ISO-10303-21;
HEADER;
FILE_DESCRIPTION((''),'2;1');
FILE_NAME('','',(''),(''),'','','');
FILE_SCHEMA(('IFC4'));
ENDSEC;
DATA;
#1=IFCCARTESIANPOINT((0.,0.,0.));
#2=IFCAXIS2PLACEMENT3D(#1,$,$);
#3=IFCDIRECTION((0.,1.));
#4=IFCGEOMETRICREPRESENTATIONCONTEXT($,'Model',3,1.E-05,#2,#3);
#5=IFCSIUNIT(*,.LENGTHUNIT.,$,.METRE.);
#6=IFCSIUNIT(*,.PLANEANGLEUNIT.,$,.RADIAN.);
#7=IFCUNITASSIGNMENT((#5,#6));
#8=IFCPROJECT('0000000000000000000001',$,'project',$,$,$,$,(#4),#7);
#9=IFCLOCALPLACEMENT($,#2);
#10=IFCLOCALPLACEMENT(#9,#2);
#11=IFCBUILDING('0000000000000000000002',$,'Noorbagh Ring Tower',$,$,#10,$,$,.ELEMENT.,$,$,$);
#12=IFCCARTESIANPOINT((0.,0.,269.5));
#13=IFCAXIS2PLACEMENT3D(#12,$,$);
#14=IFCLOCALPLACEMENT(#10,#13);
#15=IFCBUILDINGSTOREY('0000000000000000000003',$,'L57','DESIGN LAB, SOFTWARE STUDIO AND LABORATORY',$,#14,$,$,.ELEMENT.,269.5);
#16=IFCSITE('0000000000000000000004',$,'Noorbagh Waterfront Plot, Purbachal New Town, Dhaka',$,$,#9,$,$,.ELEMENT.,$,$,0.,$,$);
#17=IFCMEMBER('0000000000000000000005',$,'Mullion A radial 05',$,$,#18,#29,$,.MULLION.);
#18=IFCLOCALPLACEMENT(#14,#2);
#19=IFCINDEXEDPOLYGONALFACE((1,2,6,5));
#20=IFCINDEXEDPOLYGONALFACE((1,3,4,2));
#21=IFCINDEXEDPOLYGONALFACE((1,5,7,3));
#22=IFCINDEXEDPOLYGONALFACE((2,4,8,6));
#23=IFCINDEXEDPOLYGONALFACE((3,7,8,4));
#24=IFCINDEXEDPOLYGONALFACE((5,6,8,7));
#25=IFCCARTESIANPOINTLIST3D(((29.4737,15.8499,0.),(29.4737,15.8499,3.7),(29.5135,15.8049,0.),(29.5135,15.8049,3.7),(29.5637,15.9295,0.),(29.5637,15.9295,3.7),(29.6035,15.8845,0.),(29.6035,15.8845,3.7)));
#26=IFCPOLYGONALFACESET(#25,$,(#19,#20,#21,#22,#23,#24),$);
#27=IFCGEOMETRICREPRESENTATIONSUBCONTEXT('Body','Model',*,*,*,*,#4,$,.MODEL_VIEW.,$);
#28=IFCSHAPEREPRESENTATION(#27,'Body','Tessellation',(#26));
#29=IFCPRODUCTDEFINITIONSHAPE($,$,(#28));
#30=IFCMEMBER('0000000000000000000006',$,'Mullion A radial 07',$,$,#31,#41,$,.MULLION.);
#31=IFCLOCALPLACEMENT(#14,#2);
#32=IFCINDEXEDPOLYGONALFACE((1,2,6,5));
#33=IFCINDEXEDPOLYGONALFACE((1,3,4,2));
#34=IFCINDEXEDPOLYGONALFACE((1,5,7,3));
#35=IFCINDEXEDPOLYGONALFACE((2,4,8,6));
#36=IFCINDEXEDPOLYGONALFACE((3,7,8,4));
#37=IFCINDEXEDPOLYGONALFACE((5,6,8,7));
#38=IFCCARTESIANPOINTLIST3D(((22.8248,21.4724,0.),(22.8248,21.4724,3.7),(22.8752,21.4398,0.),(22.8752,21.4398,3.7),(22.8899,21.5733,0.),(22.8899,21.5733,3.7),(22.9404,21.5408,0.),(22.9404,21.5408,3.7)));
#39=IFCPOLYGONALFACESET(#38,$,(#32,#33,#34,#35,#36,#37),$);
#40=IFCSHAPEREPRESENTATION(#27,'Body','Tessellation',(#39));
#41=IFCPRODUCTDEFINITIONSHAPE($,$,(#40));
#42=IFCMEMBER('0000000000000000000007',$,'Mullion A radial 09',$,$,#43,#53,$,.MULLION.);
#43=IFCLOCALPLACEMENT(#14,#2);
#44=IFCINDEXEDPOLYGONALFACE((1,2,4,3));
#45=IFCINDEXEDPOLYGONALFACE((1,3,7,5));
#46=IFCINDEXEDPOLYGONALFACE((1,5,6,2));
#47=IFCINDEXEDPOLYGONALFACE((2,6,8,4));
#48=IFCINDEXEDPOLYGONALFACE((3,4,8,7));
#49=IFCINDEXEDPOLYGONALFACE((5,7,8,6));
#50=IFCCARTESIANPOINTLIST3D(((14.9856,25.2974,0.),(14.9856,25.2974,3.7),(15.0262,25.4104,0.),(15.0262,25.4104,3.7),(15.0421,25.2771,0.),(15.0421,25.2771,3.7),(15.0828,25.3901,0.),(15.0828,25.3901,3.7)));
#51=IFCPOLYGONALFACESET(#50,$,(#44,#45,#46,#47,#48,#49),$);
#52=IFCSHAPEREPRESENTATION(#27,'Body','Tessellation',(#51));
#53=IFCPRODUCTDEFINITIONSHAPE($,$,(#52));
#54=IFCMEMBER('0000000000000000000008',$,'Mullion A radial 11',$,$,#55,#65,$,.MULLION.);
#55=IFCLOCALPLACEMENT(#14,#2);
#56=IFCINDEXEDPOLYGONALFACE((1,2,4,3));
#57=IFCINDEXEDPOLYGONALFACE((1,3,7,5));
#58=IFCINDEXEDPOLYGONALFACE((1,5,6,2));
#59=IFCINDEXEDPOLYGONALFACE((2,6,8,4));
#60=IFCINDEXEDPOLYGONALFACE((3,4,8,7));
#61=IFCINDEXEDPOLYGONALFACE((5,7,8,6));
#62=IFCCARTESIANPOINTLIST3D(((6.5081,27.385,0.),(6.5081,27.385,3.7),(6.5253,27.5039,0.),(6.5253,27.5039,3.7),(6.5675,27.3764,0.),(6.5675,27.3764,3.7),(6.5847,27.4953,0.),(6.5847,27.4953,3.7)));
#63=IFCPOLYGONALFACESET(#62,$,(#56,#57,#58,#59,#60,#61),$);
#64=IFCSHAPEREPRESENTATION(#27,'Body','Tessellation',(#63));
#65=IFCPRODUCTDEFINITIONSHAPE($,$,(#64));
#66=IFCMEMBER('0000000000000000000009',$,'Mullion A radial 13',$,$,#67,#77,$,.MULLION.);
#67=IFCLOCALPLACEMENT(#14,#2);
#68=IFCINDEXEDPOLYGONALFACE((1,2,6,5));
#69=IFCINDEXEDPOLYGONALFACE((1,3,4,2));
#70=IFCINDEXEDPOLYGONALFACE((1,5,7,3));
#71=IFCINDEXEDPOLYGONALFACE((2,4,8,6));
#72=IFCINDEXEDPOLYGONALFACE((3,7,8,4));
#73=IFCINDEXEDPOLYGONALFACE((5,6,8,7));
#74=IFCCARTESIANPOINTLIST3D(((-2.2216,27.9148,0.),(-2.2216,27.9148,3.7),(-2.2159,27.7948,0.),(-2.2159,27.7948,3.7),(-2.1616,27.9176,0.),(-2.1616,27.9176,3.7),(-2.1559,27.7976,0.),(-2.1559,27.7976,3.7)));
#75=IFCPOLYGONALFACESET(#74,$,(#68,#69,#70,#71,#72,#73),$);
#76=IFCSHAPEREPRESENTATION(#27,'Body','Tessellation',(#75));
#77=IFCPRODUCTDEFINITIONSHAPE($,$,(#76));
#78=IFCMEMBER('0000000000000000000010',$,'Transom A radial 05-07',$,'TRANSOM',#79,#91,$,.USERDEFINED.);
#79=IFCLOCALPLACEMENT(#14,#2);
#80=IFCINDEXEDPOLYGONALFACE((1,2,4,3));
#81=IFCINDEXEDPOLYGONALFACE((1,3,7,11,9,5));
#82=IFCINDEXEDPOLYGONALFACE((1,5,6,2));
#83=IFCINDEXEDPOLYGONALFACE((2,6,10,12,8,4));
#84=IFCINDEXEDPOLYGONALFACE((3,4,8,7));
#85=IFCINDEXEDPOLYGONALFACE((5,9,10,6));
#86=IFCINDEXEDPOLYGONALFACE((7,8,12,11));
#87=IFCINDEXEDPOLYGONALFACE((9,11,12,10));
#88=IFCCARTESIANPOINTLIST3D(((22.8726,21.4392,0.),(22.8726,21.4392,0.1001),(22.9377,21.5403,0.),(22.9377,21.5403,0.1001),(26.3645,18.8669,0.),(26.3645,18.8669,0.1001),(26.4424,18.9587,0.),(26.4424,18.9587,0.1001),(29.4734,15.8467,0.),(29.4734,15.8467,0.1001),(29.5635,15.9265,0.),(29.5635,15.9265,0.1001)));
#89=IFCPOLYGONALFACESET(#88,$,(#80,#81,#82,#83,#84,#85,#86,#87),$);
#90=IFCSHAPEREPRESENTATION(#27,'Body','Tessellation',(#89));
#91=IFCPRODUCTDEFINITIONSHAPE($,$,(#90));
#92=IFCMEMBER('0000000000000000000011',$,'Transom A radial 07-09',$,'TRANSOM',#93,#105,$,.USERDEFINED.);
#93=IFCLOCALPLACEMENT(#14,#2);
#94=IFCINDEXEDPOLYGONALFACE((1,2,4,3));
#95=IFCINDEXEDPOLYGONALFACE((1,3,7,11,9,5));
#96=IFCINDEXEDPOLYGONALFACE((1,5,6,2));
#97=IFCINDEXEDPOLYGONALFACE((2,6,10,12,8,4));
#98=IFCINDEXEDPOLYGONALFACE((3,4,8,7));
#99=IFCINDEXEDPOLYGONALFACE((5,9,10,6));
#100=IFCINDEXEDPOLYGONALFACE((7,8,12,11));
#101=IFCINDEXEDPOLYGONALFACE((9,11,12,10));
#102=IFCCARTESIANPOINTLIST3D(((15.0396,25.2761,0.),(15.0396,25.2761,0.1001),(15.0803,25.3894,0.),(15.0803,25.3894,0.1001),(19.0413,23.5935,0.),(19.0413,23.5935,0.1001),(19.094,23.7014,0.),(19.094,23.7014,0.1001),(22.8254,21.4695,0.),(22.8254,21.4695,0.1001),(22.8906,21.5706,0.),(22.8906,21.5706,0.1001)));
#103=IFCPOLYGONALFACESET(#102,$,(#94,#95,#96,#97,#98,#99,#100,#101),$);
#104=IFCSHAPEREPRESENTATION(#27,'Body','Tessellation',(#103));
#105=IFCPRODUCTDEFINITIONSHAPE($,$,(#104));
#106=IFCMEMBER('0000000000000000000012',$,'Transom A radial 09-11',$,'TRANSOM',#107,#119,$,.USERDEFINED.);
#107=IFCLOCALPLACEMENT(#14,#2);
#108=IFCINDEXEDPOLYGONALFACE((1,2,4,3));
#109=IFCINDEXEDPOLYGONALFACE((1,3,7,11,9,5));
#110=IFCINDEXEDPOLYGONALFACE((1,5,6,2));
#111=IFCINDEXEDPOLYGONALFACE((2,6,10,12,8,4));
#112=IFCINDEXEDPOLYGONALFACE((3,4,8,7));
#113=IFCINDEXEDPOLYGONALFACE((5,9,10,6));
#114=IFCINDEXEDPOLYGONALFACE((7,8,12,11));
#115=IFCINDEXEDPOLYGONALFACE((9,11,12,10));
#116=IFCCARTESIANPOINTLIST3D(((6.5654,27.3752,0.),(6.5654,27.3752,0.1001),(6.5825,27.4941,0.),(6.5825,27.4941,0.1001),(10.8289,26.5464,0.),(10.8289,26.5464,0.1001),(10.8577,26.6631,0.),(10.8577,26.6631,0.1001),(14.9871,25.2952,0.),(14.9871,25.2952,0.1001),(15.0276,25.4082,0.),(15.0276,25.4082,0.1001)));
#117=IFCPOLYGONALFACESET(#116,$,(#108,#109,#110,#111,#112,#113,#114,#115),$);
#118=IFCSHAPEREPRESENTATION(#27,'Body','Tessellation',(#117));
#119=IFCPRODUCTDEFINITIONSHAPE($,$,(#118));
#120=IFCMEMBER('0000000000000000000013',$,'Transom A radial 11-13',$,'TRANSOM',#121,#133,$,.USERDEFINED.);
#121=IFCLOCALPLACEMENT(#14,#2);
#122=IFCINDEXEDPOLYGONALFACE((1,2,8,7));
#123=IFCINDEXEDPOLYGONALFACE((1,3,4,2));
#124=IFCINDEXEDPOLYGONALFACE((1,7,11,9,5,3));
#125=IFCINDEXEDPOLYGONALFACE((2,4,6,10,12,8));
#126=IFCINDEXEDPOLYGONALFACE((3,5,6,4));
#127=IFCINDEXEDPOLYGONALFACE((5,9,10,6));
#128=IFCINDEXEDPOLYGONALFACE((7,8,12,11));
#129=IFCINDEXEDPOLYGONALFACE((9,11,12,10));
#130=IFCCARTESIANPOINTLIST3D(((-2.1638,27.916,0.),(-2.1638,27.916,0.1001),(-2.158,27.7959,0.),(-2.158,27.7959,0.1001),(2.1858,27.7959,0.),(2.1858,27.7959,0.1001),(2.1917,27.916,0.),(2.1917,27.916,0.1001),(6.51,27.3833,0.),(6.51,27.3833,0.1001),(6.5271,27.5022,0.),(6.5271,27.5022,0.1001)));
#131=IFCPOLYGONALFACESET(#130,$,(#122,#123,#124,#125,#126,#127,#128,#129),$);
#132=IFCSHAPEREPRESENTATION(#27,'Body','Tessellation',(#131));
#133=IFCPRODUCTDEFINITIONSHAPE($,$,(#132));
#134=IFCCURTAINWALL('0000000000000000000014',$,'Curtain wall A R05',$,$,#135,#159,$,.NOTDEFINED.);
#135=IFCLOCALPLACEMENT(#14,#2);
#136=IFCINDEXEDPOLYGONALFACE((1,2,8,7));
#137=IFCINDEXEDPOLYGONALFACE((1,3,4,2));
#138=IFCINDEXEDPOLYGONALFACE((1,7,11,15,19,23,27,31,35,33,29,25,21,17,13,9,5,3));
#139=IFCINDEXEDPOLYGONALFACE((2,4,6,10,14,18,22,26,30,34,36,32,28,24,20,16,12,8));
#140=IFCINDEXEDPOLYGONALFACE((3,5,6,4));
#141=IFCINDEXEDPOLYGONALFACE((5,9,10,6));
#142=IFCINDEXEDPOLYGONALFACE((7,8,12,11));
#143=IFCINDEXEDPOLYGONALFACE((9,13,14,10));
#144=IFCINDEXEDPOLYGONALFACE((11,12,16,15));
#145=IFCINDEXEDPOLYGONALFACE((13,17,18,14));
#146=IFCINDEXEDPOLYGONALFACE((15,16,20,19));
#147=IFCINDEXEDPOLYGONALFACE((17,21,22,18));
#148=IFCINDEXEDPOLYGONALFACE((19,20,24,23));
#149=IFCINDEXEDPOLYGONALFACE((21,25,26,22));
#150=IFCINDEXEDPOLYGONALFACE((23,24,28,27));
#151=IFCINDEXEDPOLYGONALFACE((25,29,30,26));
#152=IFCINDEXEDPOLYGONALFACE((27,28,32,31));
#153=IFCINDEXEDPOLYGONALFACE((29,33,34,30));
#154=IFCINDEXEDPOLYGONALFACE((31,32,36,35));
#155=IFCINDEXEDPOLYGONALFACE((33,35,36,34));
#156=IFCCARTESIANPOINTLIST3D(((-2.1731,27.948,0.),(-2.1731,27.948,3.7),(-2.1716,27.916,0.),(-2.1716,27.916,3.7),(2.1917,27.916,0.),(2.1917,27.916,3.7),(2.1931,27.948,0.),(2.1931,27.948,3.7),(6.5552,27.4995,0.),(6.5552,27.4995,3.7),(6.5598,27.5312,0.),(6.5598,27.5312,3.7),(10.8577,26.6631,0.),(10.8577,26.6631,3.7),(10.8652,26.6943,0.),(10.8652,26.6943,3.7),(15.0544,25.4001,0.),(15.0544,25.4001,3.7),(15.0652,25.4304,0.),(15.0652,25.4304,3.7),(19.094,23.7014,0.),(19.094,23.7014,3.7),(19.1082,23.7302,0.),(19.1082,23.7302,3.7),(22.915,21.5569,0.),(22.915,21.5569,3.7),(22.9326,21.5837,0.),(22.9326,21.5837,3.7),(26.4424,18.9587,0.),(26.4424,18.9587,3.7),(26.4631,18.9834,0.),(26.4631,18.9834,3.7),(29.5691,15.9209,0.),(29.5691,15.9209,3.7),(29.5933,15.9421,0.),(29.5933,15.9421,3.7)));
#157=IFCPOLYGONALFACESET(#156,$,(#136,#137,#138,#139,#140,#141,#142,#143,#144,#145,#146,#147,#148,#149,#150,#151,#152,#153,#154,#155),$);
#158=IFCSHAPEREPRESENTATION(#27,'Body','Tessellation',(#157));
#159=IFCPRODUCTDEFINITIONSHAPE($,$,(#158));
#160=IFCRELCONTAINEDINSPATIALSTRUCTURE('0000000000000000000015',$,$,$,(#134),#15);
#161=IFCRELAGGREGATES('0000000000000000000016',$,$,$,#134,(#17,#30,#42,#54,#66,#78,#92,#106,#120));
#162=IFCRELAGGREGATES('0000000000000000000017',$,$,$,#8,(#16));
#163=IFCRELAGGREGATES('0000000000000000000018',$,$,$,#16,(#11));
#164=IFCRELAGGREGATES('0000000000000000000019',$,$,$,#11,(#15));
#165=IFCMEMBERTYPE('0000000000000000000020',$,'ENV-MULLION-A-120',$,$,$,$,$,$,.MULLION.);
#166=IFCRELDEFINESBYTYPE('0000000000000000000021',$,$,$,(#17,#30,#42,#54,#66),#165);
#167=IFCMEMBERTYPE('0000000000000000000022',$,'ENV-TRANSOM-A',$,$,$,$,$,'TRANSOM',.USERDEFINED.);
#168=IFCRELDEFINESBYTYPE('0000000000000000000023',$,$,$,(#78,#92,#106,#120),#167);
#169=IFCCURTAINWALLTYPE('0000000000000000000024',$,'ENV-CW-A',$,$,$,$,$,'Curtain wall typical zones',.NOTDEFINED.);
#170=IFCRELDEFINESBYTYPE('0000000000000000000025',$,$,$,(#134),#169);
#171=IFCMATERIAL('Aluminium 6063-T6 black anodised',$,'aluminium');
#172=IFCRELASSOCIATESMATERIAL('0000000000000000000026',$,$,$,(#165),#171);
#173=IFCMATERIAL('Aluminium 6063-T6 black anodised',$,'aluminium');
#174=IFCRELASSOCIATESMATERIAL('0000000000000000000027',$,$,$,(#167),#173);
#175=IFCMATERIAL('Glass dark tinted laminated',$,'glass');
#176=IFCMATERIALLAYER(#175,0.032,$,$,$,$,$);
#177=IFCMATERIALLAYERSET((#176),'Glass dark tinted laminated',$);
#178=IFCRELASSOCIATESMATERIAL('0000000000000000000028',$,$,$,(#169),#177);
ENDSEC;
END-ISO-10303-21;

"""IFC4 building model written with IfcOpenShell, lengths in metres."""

from ifc_helpers import new_model, si_unit, direction, frame, origin, origin_2d, place, context, subcontext, project, spatial, polyline, rectangle, outline, extrude, material, layer, layer_set, material_profile, profile_set, type_object, element, aggregate, save


model = new_model("IFC4")

# Units and contexts
model_context = context("Model", 3, precision=1e-05, world=origin(), true_north=direction((0.0, 1.0)))
body_context = subcontext(model_context, "Body", "Model", "MODEL_VIEW")
ifc_project = project(units=[si_unit("LENGTHUNIT", "METRE"), si_unit("PLANEANGLEUNIT", "RADIAN")], contexts=[model_context])

# Members
ifc_material_1 = material(Name="Aluminium 6063-T6 black anodised", Category="aluminium")
ifc_material_profile = material_profile(ifc_material_1, rectangle(XDim=0.1201, YDim=0.0601, at=origin_2d()), Name="120x60")
ifc_profile_set = profile_set([ifc_material_profile], Name="Aluminium 6063-T6 black anodised")
member_type_1 = type_object("IfcMemberType", Name="ENV-MULLION-A-120", PredefinedType="MULLION", material=ifc_profile_set)
site_placement = place(None, origin())
building_placement = place(site_placement, origin())
storey_placement = place(building_placement, frame((0.0, 0.0, 269.5)))
member_1_placement = place(storey_placement, frame((29.5386, 15.8672, 0.0), z_axis=(0.0, 0.0, 1.0), x_axis=(-0.749047, -0.662517, 0.0)))
member_1 = element("IfcMember", 1, at=member_1_placement, type_object=member_type_1, Name="Mullion A radial 05", PredefinedType="MULLION", context=body_context, shape_type="SweptSolid", body=[
    extrude(rectangle(XDim=0.1201, YDim=0.0601, at=origin_2d()), origin(), (0.0, 0.0, 1.0), 3.7),
])
member_2_placement = place(storey_placement, frame((22.8826, 21.5066, 0.0), z_axis=(0.0, 0.0, 1.0), x_axis=(-0.542279, -0.840198, 0.0)))
member_2 = element("IfcMember", 2, at=member_2_placement, type_object=member_type_1, Name="Mullion A radial 07", PredefinedType="MULLION", context=body_context, shape_type="SweptSolid", body=[
    extrude(rectangle(XDim=0.1201, YDim=0.0601, at=origin_2d()), origin(), (0.0, 0.0, 1.0), 3.7),
])
member_3_placement = place(storey_placement, frame((15.0342, 25.3438, 0.0), z_axis=(0.0, 0.0, 1.0), x_axis=(-0.338379, -0.94101, 0.0)))
member_3 = element("IfcMember", 3, at=member_3_placement, type_object=member_type_1, Name="Mullion A radial 09", PredefinedType="MULLION", context=body_context, shape_type="SweptSolid", body=[
    extrude(rectangle(XDim=0.1201, YDim=0.0601, at=origin_2d()), origin(), (0.0, 0.0, 1.0), 3.7),
])
member_4_placement = place(storey_placement, frame((6.5464, 27.4402, 0.0), z_axis=(0.0, 0.0, 1.0), x_axis=(-0.143082, -0.989711, 0.0)))
member_4 = element("IfcMember", 4, at=member_4_placement, type_object=member_type_1, Name="Mullion A radial 11", PredefinedType="MULLION", context=body_context, shape_type="SweptSolid", body=[
    extrude(rectangle(XDim=0.1201, YDim=0.0601, at=origin_2d()), origin(), (0.0, 0.0, 1.0), 3.7),
])
member_5_placement = place(storey_placement, frame((-2.1887, 27.8562, 0.0), z_axis=(0.0, 0.0, 1.0), x_axis=(0.047558, -0.998868, 0.0)))
member_5 = element("IfcMember", 5, at=member_5_placement, type_object=member_type_1, Name="Mullion A radial 13", PredefinedType="MULLION", context=body_context, shape_type="SweptSolid", body=[
    extrude(rectangle(XDim=0.1201, YDim=0.0601, at=origin_2d()), origin(), (0.0, 0.0, 1.0), 3.7),
])
ifc_material_2 = material(Name="Aluminium 6063-T6 black anodised", Category="aluminium")
member_type_2 = type_object("IfcMemberType", Name="ENV-TRANSOM-A", ElementType="TRANSOM", PredefinedType="USERDEFINED", material=ifc_material_2)
member_6_placement = place(storey_placement, origin())
member_6 = element("IfcMember", 6, at=member_6_placement, type_object=member_type_2, Name="Transom A radial 05-07", ObjectType="TRANSOM", PredefinedType="USERDEFINED", context=body_context, shape_type="SweptSolid", body=[
    extrude(outline(polyline([(29.5635, 15.9265), (26.4424, 18.9587), (22.9377, 21.5403), (22.8726, 21.4392), (26.3645, 18.8669), (29.4734, 15.8467), (29.5635, 15.9265)])), origin(), (0.0, 0.0, 1.0), 0.1001),
])
member_7_placement = place(storey_placement, origin())
member_7 = element("IfcMember", 7, at=member_7_placement, type_object=member_type_2, Name="Transom A radial 07-09", ObjectType="TRANSOM", PredefinedType="USERDEFINED", context=body_context, shape_type="SweptSolid", body=[
    extrude(outline(polyline([(22.8906, 21.5706), (19.094, 23.7014), (15.0803, 25.3894), (15.0396, 25.2761), (19.0413, 23.5935), (22.8254, 21.4695), (22.8906, 21.5706)])), origin(), (0.0, 0.0, 1.0), 0.1001),
])
member_8_placement = place(storey_placement, origin())
member_8 = element("IfcMember", 8, at=member_8_placement, type_object=member_type_2, Name="Transom A radial 09-11", ObjectType="TRANSOM", PredefinedType="USERDEFINED", context=body_context, shape_type="SweptSolid", body=[
    extrude(outline(polyline([(15.0276, 25.4082), (10.8577, 26.6631), (6.5825, 27.4941), (6.5654, 27.3752), (10.8289, 26.5464), (14.9871, 25.2952), (15.0276, 25.4082)])), origin(), (0.0, 0.0, 1.0), 0.1001),
])
member_9_placement = place(storey_placement, origin())
member_9 = element("IfcMember", 9, at=member_9_placement, type_object=member_type_2, Name="Transom A radial 11-13", ObjectType="TRANSOM", PredefinedType="USERDEFINED", context=body_context, shape_type="SweptSolid", body=[
    extrude(outline(polyline([(6.5271, 27.5022), (2.1917, 27.916), (-2.1638, 27.916), (-2.158, 27.7959), (2.1858, 27.7959), (6.51, 27.3833), (6.5271, 27.5022)])), origin(), (0.0, 0.0, 1.0), 0.1001),
])

# Site, building, storey
site = spatial("IfcSite", under=ifc_project, at=site_placement, Name="Noorbagh Waterfront Plot, Purbachal New Town, Dhaka", CompositionType="ELEMENT", RefElevation=0.0)
building = spatial("IfcBuilding", under=site, at=building_placement, Name="Noorbagh Ring Tower", CompositionType="ELEMENT")
storey = spatial("IfcBuildingStorey", under=building, at=storey_placement, Name="L57", Description="DESIGN LAB, SOFTWARE STUDIO AND LABORATORY", CompositionType="ELEMENT", Elevation=269.5)

# Curtain wall
ifc_material_3 = material(Name="Glass dark tinted laminated", Category="glass")
ifc_layer_1 = layer(ifc_material_3, 0.032)
ifc_layer_set_1 = layer_set([ifc_layer_1], Name="Glass dark tinted laminated")
curtain_wall_type = type_object("IfcCurtainWallType", Name="ENV-CW-A", ElementType="Curtain wall typical zones", PredefinedType="NOTDEFINED", material=ifc_layer_set_1)
curtain_wall_placement = place(storey_placement, origin())
curtain_wall = element("IfcCurtainWall", 10, at=curtain_wall_placement, inside=storey, type_object=curtain_wall_type, Name="Curtain wall A R05", PredefinedType="NOTDEFINED", context=body_context, shape_type="SweptSolid", body=[
    extrude(outline(polyline([(29.5933, 15.9421), (26.4631, 18.9834), (22.9326, 21.5837), (19.1082, 23.7302), (15.0652, 25.4304), (10.8652, 26.6943), (6.5598, 27.5312), (2.1931, 27.948), (-2.1731, 27.948), (-2.1716, 27.916), (2.1917, 27.916), (6.5552, 27.4995), (10.8577, 26.6631), (15.0544, 25.4001), (19.094, 23.7014), (22.915, 21.5569), (26.4424, 18.9587), (29.5691, 15.9209), (29.5933, 15.9421)])), origin(), (0.0, 0.0, 1.0), 3.7),
])
aggregate(curtain_wall, [member_1, member_2, member_3, member_4, member_5, member_6, member_7, member_8, member_9])

save(model, "model.ifc")
